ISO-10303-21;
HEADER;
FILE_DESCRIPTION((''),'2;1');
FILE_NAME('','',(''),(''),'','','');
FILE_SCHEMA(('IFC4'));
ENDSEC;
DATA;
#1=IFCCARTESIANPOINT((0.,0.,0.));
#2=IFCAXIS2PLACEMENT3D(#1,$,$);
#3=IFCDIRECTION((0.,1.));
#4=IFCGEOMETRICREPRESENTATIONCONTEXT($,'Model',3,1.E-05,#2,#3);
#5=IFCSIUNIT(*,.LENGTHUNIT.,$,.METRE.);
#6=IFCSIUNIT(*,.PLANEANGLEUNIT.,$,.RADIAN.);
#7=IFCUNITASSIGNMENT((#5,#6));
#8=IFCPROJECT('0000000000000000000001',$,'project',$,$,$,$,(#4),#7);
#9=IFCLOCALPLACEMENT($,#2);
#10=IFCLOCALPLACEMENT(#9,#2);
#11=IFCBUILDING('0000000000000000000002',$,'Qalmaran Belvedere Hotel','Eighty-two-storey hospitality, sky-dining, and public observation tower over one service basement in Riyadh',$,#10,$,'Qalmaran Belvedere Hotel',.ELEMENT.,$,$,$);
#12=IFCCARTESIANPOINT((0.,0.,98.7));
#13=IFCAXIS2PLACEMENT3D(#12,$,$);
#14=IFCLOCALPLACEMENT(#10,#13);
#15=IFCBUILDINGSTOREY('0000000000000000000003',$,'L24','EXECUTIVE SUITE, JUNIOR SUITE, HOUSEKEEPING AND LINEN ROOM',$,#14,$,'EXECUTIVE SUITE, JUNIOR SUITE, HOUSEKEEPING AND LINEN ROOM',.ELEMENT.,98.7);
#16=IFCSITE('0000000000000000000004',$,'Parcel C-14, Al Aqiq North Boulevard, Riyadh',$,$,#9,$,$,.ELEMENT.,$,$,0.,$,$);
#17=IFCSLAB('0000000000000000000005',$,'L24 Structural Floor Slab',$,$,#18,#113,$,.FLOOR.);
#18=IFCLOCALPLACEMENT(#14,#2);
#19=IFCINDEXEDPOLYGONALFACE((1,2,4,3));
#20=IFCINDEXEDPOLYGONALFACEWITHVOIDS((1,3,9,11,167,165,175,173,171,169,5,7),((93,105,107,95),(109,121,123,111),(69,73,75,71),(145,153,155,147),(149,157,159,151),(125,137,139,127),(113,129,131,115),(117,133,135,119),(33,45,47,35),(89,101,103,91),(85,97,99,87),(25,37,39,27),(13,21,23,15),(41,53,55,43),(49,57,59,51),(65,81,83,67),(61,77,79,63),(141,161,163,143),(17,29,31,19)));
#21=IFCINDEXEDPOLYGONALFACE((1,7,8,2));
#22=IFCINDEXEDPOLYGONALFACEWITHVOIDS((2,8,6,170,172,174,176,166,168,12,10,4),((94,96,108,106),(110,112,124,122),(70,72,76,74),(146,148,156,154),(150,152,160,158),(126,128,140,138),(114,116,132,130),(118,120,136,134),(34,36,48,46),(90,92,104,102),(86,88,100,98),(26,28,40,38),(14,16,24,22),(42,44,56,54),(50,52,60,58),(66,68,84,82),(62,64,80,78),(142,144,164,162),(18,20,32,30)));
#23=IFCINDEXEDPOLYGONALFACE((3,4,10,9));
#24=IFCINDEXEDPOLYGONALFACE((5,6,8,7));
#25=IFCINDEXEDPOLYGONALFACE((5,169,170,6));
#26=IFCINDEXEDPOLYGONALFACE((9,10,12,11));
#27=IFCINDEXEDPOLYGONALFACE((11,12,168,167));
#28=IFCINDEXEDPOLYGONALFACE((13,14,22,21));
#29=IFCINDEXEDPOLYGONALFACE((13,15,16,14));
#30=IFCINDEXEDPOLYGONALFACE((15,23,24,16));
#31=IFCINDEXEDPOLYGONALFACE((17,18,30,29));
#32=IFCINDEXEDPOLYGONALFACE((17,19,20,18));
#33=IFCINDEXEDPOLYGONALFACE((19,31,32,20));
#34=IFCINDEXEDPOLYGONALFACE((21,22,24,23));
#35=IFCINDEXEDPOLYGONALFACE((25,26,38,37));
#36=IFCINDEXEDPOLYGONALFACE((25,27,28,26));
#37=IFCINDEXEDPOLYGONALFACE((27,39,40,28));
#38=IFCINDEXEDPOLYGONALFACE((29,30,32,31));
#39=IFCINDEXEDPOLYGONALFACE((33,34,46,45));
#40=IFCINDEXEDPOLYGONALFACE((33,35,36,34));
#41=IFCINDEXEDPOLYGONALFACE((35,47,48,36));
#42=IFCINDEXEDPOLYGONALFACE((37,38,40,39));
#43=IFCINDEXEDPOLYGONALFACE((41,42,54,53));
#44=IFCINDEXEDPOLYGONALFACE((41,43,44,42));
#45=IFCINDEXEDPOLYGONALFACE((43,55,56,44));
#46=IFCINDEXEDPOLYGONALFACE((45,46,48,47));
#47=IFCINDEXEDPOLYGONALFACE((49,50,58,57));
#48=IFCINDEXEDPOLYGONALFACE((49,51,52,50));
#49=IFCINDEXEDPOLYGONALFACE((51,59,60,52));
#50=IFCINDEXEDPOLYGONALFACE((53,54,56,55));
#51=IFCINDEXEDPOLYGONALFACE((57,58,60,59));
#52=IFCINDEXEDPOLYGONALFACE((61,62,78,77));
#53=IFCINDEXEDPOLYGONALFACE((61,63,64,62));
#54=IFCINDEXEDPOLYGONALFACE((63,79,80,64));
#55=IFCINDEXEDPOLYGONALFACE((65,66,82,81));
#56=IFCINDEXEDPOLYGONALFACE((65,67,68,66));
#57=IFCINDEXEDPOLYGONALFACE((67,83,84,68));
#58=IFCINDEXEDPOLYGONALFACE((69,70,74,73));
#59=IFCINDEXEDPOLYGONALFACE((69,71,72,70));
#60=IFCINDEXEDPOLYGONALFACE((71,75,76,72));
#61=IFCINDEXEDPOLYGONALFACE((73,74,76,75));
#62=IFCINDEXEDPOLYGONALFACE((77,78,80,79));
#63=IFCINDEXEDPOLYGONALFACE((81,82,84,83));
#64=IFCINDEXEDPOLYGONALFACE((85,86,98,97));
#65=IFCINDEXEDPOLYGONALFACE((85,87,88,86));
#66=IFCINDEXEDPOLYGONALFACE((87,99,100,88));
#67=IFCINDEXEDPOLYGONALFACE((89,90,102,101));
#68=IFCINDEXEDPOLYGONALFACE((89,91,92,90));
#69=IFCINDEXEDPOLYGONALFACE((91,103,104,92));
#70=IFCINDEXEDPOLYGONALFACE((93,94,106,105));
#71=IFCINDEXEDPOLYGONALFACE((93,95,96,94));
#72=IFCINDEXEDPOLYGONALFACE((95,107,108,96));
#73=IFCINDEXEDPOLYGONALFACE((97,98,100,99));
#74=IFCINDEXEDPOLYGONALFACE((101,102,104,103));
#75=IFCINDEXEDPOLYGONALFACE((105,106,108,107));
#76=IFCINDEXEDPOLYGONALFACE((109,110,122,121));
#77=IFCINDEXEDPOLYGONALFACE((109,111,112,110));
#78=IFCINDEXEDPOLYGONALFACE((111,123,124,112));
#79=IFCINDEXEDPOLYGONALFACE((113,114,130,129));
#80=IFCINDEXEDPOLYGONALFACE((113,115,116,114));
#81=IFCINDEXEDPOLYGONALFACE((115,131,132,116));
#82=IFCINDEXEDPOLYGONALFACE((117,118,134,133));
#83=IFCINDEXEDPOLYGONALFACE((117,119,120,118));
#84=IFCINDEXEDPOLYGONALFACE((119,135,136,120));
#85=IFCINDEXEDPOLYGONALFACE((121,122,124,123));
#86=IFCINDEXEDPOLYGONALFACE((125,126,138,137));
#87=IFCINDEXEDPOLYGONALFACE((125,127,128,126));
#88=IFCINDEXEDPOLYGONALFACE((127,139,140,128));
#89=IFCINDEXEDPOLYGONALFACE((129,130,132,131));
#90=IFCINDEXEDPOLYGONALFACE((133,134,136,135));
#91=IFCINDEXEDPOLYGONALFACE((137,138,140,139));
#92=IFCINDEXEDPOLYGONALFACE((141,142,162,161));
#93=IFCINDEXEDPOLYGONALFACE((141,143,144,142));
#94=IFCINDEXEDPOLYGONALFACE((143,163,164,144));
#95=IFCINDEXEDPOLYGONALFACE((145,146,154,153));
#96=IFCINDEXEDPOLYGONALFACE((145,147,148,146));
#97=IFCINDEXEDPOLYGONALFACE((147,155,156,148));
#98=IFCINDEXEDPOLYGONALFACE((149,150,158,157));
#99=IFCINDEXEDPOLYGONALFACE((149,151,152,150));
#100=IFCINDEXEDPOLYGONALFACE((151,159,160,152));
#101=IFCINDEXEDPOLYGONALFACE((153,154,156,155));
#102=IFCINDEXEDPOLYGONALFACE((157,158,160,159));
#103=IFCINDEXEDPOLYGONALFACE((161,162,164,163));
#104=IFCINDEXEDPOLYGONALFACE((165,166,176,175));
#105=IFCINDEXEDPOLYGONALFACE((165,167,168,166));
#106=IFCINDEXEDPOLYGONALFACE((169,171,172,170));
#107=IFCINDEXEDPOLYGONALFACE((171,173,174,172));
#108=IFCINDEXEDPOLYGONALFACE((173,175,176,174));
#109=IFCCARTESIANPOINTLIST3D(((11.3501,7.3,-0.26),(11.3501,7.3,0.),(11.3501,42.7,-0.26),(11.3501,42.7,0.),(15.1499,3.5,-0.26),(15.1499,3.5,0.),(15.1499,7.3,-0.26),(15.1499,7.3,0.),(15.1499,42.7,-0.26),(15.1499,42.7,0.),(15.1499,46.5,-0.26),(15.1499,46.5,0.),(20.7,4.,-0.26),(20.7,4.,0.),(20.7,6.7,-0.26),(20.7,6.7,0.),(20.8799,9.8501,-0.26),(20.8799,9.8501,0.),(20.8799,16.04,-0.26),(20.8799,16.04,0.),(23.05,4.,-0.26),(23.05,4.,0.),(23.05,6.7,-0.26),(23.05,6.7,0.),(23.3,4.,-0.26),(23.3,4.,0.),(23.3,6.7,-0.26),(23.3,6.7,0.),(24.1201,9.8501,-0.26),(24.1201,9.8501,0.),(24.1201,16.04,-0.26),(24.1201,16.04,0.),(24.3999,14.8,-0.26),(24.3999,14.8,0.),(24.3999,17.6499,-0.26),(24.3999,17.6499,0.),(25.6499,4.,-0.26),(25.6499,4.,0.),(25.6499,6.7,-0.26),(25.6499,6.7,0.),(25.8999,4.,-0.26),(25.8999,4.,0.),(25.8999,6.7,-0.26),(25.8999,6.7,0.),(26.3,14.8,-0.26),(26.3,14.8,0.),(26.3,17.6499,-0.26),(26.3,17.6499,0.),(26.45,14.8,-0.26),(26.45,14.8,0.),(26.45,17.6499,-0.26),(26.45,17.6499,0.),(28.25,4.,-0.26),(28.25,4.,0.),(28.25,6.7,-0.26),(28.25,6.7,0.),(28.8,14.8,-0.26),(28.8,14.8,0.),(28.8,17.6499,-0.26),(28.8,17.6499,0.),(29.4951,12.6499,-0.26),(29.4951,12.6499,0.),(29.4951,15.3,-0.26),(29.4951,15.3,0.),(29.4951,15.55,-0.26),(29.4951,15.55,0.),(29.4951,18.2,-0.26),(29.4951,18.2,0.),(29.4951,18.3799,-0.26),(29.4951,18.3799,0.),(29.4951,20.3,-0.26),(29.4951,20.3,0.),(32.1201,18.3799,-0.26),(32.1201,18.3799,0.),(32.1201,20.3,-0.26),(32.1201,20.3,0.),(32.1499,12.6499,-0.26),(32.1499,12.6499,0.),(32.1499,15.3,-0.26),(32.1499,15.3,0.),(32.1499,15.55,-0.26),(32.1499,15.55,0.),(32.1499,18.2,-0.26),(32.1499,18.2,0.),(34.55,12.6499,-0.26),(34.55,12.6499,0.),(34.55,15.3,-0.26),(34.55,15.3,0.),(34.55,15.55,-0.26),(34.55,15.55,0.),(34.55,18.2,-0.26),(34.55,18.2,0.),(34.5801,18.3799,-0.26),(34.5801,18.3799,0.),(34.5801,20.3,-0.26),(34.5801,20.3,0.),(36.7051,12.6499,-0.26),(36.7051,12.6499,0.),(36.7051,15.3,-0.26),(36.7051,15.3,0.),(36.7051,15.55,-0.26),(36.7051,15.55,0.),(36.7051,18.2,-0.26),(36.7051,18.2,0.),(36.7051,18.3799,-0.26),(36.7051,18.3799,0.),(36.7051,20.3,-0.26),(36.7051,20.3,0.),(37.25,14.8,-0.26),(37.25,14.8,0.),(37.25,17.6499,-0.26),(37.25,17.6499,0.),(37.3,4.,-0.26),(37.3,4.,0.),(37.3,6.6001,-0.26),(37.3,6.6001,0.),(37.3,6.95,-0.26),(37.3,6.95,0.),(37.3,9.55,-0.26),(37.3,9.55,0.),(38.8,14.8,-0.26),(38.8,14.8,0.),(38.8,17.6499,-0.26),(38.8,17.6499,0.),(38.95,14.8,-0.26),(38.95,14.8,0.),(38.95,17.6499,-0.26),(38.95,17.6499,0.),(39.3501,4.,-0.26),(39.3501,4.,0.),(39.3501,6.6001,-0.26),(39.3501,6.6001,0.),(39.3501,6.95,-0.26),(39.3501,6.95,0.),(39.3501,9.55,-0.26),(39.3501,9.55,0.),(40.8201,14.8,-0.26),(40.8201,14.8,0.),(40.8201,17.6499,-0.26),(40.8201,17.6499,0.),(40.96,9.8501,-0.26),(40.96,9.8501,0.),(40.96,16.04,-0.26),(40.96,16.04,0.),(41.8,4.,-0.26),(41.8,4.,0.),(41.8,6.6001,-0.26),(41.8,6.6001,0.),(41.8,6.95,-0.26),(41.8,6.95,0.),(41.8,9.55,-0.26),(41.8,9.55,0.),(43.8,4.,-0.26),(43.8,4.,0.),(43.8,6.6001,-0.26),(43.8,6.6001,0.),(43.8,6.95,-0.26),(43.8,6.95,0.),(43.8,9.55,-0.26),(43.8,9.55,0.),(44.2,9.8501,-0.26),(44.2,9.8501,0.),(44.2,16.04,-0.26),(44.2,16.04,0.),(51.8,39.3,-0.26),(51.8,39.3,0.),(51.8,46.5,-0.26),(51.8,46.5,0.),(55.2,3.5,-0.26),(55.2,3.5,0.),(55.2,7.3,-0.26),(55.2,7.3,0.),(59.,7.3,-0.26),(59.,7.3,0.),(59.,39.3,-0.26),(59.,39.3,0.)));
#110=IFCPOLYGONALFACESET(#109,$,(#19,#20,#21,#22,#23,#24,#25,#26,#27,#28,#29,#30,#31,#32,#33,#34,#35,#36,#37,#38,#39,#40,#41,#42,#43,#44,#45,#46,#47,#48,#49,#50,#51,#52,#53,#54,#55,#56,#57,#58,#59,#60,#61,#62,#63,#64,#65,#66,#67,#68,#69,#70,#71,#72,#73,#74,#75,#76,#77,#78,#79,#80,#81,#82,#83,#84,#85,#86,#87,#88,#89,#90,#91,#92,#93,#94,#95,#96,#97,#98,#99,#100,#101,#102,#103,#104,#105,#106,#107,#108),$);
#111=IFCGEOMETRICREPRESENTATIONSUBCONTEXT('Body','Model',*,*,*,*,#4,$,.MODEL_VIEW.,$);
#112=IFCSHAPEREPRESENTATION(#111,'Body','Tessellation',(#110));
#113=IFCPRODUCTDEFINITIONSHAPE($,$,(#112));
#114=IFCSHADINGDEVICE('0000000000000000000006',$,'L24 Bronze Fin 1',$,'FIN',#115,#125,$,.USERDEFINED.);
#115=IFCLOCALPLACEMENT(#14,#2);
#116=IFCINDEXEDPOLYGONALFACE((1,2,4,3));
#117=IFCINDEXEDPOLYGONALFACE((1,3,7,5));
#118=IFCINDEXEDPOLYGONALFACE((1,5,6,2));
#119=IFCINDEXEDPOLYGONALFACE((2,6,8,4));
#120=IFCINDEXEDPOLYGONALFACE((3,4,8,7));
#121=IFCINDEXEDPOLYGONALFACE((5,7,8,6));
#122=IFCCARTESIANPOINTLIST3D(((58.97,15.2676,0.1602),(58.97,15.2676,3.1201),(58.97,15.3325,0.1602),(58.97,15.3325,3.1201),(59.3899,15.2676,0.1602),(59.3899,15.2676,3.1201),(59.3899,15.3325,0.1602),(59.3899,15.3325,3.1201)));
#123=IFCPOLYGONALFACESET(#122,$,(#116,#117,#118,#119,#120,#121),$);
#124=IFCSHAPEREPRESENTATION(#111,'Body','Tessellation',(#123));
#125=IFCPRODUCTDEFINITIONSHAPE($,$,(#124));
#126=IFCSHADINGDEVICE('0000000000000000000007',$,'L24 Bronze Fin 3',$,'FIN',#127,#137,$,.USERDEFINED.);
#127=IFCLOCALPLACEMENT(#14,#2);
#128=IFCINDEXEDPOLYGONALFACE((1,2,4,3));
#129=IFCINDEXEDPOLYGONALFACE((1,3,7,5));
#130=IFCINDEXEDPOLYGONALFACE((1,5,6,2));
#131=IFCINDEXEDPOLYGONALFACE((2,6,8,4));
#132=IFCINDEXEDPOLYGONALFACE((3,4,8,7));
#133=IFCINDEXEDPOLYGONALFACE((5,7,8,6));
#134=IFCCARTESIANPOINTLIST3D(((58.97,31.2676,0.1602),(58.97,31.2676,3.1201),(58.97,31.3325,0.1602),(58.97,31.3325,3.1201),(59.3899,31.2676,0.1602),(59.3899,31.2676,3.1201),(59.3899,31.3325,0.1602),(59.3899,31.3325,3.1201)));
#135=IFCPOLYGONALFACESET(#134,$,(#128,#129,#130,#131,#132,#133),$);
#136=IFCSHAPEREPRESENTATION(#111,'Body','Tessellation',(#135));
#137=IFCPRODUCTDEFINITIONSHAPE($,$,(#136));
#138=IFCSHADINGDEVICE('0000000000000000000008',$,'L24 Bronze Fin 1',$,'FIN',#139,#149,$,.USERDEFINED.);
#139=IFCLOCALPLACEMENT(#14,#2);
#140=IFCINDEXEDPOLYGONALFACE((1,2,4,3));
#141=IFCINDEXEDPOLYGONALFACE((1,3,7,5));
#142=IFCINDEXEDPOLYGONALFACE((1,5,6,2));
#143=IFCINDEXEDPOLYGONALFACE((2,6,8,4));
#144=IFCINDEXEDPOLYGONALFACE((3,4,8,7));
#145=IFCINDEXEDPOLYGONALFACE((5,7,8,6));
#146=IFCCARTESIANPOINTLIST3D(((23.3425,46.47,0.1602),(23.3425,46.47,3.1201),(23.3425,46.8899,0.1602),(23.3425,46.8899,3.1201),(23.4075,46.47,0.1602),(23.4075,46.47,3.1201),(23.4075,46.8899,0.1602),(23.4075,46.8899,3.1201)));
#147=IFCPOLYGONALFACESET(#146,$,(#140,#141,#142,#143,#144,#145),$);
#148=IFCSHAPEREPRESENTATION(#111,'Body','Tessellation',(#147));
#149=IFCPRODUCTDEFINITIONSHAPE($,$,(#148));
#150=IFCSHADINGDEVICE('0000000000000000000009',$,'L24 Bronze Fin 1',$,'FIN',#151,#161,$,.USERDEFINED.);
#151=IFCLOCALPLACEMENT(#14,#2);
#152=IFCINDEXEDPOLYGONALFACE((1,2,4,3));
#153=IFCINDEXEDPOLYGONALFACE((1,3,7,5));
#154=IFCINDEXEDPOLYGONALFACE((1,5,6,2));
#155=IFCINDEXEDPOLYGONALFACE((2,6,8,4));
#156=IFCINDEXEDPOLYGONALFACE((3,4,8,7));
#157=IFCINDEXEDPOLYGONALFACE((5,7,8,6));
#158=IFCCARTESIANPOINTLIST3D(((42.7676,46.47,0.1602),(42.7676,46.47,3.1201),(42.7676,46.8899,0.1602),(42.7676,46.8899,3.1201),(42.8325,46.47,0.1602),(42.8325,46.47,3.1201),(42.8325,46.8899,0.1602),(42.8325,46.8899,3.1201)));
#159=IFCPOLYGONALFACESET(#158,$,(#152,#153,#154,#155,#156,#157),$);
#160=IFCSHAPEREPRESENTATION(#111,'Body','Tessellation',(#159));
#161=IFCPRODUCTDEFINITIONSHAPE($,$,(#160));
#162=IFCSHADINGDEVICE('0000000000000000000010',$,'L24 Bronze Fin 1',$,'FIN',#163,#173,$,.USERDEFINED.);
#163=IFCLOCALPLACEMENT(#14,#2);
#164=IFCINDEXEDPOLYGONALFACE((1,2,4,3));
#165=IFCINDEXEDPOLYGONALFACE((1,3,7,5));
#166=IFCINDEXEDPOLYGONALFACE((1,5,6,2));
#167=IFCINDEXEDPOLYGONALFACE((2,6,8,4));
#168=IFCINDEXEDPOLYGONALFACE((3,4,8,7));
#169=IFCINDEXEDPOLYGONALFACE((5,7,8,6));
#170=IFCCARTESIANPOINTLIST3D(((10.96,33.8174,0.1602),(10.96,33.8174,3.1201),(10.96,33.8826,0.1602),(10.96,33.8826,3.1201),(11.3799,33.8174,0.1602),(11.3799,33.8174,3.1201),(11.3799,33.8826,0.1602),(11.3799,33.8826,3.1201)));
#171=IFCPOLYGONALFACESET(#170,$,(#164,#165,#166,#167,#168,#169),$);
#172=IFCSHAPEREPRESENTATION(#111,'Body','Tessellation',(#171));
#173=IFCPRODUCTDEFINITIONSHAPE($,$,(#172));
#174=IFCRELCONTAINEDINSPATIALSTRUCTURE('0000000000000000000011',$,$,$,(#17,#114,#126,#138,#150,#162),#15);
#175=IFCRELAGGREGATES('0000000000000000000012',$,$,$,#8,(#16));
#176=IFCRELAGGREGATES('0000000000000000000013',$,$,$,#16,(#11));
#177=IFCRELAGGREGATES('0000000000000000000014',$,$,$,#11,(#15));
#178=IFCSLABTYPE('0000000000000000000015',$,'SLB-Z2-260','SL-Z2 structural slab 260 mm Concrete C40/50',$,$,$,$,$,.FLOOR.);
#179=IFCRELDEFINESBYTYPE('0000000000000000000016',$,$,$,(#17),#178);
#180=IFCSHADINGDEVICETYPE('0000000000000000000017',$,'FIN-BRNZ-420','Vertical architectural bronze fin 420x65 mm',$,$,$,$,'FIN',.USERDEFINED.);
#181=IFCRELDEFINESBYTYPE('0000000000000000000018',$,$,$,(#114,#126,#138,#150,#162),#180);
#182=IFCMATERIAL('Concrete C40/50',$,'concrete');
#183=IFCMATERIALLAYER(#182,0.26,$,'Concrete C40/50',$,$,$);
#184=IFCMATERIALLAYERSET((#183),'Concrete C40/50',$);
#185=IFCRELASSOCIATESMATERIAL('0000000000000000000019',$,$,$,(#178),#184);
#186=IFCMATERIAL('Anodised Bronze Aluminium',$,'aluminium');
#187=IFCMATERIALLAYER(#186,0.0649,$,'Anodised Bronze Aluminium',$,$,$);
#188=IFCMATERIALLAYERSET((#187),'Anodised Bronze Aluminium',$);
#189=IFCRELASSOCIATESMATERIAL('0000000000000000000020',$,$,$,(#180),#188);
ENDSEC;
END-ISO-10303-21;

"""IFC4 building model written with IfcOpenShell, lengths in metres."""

from ifc_helpers import new_model, si_unit, direction, frame, origin, place, context, subcontext, project, spatial, polyline, outline, extrude, material, layer, layer_set, type_object, element, save


model = new_model("IFC4")

# Units and contexts
model_context = context("Model", 3, precision=1e-05, world=origin(), true_north=direction((0.0, 1.0)))
body_context = subcontext(model_context, "Body", "Model", "MODEL_VIEW")
ifc_project = project(units=[si_unit("LENGTHUNIT", "METRE"), si_unit("PLANEANGLEUNIT", "RADIAN")], contexts=[model_context])

# Site, building, storey
site_placement = place(None, origin())
site = spatial("IfcSite", under=ifc_project, at=site_placement, Name="Parcel C-14, Al Aqiq North Boulevard, Riyadh", CompositionType="ELEMENT", RefElevation=0.0)
building_placement = place(site_placement, origin())
building = spatial("IfcBuilding", under=site, at=building_placement, Name="Qalmaran Belvedere Hotel", Description="Eighty-two-storey hospitality, sky-dining, and public observation tower over one service basement in Riyadh", LongName="Qalmaran Belvedere Hotel", CompositionType="ELEMENT")
storey_placement = place(building_placement, frame((0.0, 0.0, 98.7)))
storey = spatial("IfcBuildingStorey", under=building, at=storey_placement, Name="L24", Description="EXECUTIVE SUITE, JUNIOR SUITE, HOUSEKEEPING AND LINEN ROOM", LongName="EXECUTIVE SUITE, JUNIOR SUITE, HOUSEKEEPING AND LINEN ROOM", CompositionType="ELEMENT", Elevation=98.7)

# Shared definitions
ifc_material_1 = material(Name="Anodised Bronze Aluminium", Category="aluminium")

# Shared definitions
ifc_material_2 = material(Name="Concrete C40/50", Category="concrete")

# Slab
ifc_layer_1 = layer(ifc_material_2, 0.26, Name="Concrete C40/50")
ifc_layer_set_1 = layer_set([ifc_layer_1], Name="Concrete C40/50")
slab_type_1 = type_object("IfcSlabType", Name="SLB-Z2-260", Description="SL-Z2 structural slab 260 mm Concrete C40/50", PredefinedType="FLOOR", material=ifc_layer_set_1)
slab_1_placement = place(storey_placement, frame((0.0, 0.0, -0.26)))
element("IfcSlab", 1, at=slab_1_placement, inside=storey, type_object=slab_type_1, Name="L24 Structural Floor Slab", PredefinedType="FLOOR", context=body_context, shape_type="SweptSolid", body=[
    extrude(outline(polyline([(15.1499, 3.5), (55.2, 3.5), (55.2, 7.3), (59.0, 7.3), (59.0, 39.3), (51.8, 39.3), (51.8, 46.5), (15.1499, 46.5), (15.1499, 42.7), (11.3501, 42.7), (11.3501, 7.3), (15.1499, 7.3), (15.1499, 3.5)]), holes=[polyline([(20.8799, 9.8501), (24.1201, 9.8501), (24.1201, 16.04), (20.8799, 16.04), (20.8799, 9.8501)]), polyline([(40.96, 9.8501), (44.2, 9.8501), (44.2, 16.04), (40.96, 16.04), (40.96, 9.8501)]), polyline([(29.4951, 12.6499), (32.1499, 12.6499), (32.1499, 15.3), (29.4951, 15.3), (29.4951, 12.6499)]), polyline([(29.4951, 15.55), (32.1499, 15.55), (32.1499, 18.2), (29.4951, 18.2), (29.4951, 15.55)]), polyline([(34.55, 12.6499), (36.7051, 12.6499), (36.7051, 15.3), (34.55, 15.3), (34.55, 12.6499)]), polyline([(34.55, 15.55), (36.7051, 15.55), (36.7051, 18.2), (34.55, 18.2), (34.55, 15.55)]), polyline([(37.3, 4.0), (39.3501, 4.0), (39.3501, 6.6001), (37.3, 6.6001), (37.3, 4.0)]), polyline([(37.3, 6.95), (39.3501, 6.95), (39.3501, 9.55), (37.3, 9.55), (37.3, 6.95)]), polyline([(41.8, 4.0), (43.8, 4.0), (43.8, 6.6001), (41.8, 6.6001), (41.8, 4.0)]), polyline([(41.8, 6.95), (43.8, 6.95), (43.8, 9.55), (41.8, 9.55), (41.8, 6.95)]), polyline([(20.7, 4.0), (23.05, 4.0), (23.05, 6.7), (20.7, 6.7), (20.7, 4.0)]), polyline([(23.3, 4.0), (25.6499, 4.0), (25.6499, 6.7), (23.3, 6.7), (23.3, 4.0)]), polyline([(25.8999, 4.0), (28.25, 4.0), (28.25, 6.7), (25.8999, 6.7), (25.8999, 4.0)]), polyline([(24.3999, 14.8), (26.3, 14.8), (26.3, 17.6499), (24.3999, 17.6499), (24.3999, 14.8)]), polyline([(38.95, 14.8), (40.8201, 14.8), (40.8201, 17.6499), (38.95, 17.6499), (38.95, 14.8)]), polyline([(26.45, 14.8), (28.8, 14.8), (28.8, 17.6499), (26.45, 17.6499), (26.45, 14.8)]), polyline([(37.25, 14.8), (38.8, 14.8), (38.8, 17.6499), (37.25, 17.6499), (37.25, 14.8)]), polyline([(29.4951, 18.3799), (32.1201, 18.3799), (32.1201, 20.3), (29.4951, 20.3), (29.4951, 18.3799)]), polyline([(34.5801, 18.3799), (36.7051, 18.3799), (36.7051, 20.3), (34.5801, 20.3), (34.5801, 18.3799)])]), origin(), (0.0, 0.0, 1.0), 0.26),
])

# Shading devices
ifc_layer_2 = layer(ifc_material_1, 0.0649, Name="Anodised Bronze Aluminium")
ifc_layer_set_2 = layer_set([ifc_layer_2], Name="Anodised Bronze Aluminium")
shading_device_type = type_object("IfcShadingDeviceType", Name="FIN-BRNZ-420", Description="Vertical architectural bronze fin 420x65 mm", ElementType="FIN", PredefinedType="USERDEFINED", material=ifc_layer_set_2)
shading_device_1_placement = place(storey_placement, frame((0.0, 0.0, 0.1602)))
element("IfcShadingDevice", 2, at=shading_device_1_placement, inside=storey, type_object=shading_device_type, Name="L24 Bronze Fin 1", ObjectType="FIN", PredefinedType="USERDEFINED", context=body_context, shape_type="SweptSolid", body=[
    extrude(outline(polyline([(58.97, 15.2676), (59.3899, 15.2676), (59.3899, 15.3325), (58.97, 15.3325), (58.97, 15.2676)])), origin(), (0.0, 0.0, 1.0), 2.96),
])
shading_device_2_placement = place(storey_placement, frame((0.0, 0.0, 0.1602)))
element("IfcShadingDevice", 3, at=shading_device_2_placement, inside=storey, type_object=shading_device_type, Name="L24 Bronze Fin 3", ObjectType="FIN", PredefinedType="USERDEFINED", context=body_context, shape_type="SweptSolid", body=[
    extrude(outline(polyline([(58.97, 31.2676), (59.3899, 31.2676), (59.3899, 31.3325), (58.97, 31.3325), (58.97, 31.2676)])), origin(), (0.0, 0.0, 1.0), 2.96),
])
shading_device_3_placement = place(storey_placement, frame((0.0, 0.0, 0.1602)))
element("IfcShadingDevice", 4, at=shading_device_3_placement, inside=storey, type_object=shading_device_type, Name="L24 Bronze Fin 1", ObjectType="FIN", PredefinedType="USERDEFINED", context=body_context, shape_type="SweptSolid", body=[
    extrude(outline(polyline([(23.4075, 46.47), (23.4075, 46.8899), (23.3425, 46.8899), (23.3425, 46.47), (23.4075, 46.47)])), origin(), (0.0, 0.0, 1.0), 2.96),
])
shading_device_4_placement = place(storey_placement, frame((0.0, 0.0, 0.1602)))
element("IfcShadingDevice", 5, at=shading_device_4_placement, inside=storey, type_object=shading_device_type, Name="L24 Bronze Fin 1", ObjectType="FIN", PredefinedType="USERDEFINED", context=body_context, shape_type="SweptSolid", body=[
    extrude(outline(polyline([(42.8325, 46.47), (42.8325, 46.8899), (42.7676, 46.8899), (42.7676, 46.47), (42.8325, 46.47)])), origin(), (0.0, 0.0, 1.0), 2.96),
])
shading_device_5_placement = place(storey_placement, frame((0.0, 0.0, 0.1602)))
element("IfcShadingDevice", 6, at=shading_device_5_placement, inside=storey, type_object=shading_device_type, Name="L24 Bronze Fin 1", ObjectType="FIN", PredefinedType="USERDEFINED", context=body_context, shape_type="SweptSolid", body=[
    extrude(outline(polyline([(11.3799, 33.8826), (10.96, 33.8826), (10.96, 33.8174), (11.3799, 33.8174), (11.3799, 33.8826)])), origin(), (0.0, 0.0, 1.0), 2.96),
])

save(model, "model.ifc")
